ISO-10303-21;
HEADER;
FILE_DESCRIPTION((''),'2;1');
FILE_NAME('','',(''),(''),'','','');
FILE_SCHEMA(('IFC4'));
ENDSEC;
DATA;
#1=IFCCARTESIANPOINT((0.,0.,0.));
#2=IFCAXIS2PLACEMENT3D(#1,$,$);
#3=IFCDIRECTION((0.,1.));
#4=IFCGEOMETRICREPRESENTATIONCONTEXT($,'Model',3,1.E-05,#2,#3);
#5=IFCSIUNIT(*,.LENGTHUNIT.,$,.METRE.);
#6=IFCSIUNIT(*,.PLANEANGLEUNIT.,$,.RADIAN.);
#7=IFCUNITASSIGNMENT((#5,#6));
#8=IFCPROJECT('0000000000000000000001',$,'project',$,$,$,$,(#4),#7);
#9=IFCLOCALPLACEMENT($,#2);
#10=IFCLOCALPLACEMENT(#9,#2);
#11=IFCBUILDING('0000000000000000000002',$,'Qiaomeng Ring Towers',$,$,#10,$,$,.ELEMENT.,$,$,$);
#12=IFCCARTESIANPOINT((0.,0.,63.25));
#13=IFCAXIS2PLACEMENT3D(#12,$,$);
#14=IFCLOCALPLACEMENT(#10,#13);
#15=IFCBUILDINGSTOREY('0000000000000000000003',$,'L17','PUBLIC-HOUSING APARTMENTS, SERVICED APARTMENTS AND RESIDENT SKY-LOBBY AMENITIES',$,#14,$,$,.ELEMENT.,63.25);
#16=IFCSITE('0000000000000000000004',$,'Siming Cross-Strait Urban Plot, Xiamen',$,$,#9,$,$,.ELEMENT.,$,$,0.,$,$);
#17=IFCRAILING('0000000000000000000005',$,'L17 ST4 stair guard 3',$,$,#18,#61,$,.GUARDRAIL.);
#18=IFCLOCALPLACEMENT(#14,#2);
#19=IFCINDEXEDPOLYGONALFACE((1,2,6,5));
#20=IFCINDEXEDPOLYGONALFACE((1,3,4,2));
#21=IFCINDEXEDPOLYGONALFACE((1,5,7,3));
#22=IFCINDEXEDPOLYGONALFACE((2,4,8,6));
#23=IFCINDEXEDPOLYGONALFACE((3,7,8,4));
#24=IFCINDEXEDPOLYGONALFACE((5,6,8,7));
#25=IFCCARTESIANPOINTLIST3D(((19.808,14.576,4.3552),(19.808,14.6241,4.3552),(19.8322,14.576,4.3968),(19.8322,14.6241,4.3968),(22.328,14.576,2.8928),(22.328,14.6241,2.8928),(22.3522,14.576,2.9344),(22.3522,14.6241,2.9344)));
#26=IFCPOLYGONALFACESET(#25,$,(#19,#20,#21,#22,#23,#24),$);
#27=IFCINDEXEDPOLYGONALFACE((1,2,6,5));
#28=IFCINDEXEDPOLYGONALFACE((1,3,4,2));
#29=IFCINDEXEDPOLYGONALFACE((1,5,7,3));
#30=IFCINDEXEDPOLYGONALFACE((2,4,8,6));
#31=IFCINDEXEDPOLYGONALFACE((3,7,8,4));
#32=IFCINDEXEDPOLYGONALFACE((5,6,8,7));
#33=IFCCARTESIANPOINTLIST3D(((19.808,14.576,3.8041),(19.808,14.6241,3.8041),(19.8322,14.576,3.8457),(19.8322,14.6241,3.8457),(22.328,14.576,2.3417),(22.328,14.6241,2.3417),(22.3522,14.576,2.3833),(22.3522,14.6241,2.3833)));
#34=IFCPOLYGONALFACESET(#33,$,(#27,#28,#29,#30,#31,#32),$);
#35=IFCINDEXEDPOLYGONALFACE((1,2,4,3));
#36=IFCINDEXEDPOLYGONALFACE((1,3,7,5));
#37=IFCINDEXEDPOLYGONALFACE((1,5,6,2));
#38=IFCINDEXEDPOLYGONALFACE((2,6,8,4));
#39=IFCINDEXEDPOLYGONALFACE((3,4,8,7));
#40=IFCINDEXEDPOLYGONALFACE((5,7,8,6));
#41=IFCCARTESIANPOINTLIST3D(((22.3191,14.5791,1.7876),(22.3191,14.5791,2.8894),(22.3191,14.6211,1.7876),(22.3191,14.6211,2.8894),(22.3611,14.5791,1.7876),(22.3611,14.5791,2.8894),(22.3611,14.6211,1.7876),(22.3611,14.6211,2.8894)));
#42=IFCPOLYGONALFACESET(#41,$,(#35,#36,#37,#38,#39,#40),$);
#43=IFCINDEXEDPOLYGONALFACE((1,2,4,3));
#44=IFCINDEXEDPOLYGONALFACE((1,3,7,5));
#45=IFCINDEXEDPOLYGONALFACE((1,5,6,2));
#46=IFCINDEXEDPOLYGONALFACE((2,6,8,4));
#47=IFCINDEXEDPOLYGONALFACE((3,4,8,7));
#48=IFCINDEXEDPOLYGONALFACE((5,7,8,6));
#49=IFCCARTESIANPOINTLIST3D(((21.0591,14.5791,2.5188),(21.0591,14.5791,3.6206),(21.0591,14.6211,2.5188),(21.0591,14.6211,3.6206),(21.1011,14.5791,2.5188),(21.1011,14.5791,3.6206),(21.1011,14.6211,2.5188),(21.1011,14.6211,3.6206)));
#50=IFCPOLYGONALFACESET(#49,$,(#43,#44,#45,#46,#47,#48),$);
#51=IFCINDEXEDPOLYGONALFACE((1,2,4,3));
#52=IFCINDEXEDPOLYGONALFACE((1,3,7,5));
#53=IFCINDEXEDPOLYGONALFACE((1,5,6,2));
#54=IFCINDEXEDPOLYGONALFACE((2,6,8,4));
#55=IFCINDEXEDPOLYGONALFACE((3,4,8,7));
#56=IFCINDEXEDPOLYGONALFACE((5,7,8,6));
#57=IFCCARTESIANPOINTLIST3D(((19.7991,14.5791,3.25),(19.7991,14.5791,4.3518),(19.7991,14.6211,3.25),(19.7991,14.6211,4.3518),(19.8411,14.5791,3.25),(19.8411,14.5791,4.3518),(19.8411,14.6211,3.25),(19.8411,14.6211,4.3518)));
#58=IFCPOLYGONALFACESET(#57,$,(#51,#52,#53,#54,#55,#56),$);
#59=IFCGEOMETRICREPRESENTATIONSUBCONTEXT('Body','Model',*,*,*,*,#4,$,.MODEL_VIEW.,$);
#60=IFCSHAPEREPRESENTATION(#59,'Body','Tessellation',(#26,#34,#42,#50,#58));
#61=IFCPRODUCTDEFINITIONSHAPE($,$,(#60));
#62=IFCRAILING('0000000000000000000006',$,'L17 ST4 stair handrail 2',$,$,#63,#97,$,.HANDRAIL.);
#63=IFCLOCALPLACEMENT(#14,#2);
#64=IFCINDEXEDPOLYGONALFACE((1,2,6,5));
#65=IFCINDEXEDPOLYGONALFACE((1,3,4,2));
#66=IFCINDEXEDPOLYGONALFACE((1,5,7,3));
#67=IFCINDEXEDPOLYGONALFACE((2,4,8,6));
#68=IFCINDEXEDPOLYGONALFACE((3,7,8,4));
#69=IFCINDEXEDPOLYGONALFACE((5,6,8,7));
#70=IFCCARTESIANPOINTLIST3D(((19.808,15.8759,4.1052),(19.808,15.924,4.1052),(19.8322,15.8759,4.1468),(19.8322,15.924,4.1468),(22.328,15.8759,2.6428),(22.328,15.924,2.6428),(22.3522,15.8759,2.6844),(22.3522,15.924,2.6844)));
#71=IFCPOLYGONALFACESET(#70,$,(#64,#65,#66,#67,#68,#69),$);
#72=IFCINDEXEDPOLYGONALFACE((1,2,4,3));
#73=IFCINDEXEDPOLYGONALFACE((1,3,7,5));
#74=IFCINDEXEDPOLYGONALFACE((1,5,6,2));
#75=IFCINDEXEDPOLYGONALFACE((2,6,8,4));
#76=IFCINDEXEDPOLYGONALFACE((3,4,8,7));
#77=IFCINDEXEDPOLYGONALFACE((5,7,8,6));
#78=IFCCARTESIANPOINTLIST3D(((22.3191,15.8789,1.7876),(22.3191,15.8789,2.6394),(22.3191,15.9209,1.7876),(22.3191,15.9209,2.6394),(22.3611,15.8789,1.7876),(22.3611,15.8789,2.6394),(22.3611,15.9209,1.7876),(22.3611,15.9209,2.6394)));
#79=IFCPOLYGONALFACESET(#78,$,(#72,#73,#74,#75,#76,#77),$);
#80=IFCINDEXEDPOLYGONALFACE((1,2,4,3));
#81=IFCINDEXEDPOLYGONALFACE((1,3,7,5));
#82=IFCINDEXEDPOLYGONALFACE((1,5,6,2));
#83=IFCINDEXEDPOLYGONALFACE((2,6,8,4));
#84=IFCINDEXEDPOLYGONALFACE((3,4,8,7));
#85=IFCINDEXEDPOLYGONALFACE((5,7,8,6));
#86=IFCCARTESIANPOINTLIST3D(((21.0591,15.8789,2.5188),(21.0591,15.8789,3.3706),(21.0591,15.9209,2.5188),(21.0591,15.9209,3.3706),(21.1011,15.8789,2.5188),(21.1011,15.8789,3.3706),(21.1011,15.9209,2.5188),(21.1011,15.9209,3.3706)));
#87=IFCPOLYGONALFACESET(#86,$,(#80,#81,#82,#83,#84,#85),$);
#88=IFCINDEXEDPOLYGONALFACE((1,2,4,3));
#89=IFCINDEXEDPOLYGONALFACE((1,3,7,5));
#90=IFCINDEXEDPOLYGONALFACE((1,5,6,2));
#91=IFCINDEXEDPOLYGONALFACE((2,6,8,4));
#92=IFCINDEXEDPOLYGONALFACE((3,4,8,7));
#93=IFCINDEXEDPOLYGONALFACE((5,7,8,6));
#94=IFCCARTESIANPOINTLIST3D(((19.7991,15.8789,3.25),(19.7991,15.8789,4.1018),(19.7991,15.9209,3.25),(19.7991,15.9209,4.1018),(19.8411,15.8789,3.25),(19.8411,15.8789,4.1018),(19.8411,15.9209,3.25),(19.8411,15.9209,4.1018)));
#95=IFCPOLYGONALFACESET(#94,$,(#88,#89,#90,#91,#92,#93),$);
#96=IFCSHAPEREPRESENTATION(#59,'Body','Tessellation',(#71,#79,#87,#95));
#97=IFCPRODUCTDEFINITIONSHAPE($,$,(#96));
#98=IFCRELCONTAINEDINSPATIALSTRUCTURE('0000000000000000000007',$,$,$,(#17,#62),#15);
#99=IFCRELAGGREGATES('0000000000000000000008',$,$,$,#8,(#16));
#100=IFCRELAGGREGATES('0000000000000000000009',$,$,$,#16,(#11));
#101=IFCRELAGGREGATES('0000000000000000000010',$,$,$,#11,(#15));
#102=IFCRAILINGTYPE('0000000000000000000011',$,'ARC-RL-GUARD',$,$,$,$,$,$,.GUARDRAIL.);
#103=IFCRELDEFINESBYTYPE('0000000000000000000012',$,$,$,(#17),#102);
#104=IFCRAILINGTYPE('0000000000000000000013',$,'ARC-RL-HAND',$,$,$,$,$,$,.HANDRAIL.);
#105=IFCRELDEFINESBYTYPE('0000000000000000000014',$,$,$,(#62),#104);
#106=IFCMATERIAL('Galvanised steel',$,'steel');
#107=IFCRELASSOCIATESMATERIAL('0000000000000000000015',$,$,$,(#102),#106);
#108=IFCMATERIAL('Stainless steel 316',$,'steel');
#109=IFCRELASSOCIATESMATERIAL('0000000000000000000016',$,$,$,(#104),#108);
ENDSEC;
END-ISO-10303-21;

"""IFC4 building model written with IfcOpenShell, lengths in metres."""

from ifc_helpers import new_model, si_unit, direction, frame, origin, origin_2d, place, context, subcontext, project, spatial, rectangle, extrude, material, type_object, element, save


model = new_model("IFC4")

# Units and contexts
model_context = context("Model", 3, precision=1e-05, world=origin(), true_north=direction((0.0, 1.0)))
body_context = subcontext(model_context, "Body", "Model", "MODEL_VIEW")
ifc_project = project(units=[si_unit("LENGTHUNIT", "METRE"), si_unit("PLANEANGLEUNIT", "RADIAN")], contexts=[model_context])

# Site, building, storey
site_placement = place(None, origin())
site = spatial("IfcSite", under=ifc_project, at=site_placement, Name="Siming Cross-Strait Urban Plot, Xiamen", CompositionType="ELEMENT", RefElevation=0.0)
building_placement = place(site_placement, origin())
building = spatial("IfcBuilding", under=site, at=building_placement, Name="Qiaomeng Ring Towers", CompositionType="ELEMENT")
storey_placement = place(building_placement, frame((0.0, 0.0, 63.25)))
storey = spatial("IfcBuildingStorey", under=building, at=storey_placement, Name="L17", Description="PUBLIC-HOUSING APARTMENTS, SERVICED APARTMENTS AND RESIDENT SKY-LOBBY AMENITIES", CompositionType="ELEMENT", Elevation=63.25)

# Shared definitions
ifc_material_1 = material(Name="Galvanised steel", Category="steel")

# Shared definitions
ifc_material_2 = material(Name="Stainless steel 316", Category="steel")

# Railings
railing_type_1 = type_object("IfcRailingType", Name="ARC-RL-GUARD", PredefinedType="GUARDRAIL", material=ifc_material_1)
railing_1_placement = place(storey_placement, frame((22.3401, 14.6001, 1.7876)))
element("IfcRailing", 1, at=railing_1_placement, inside=storey, type_object=railing_type_1, Name="L17 ST4 stair guard 3", PredefinedType="GUARDRAIL", context=body_context, shape_type="SweptSolid", body=[
    extrude(rectangle(XDim=0.0481, YDim=0.0481, at=origin_2d()), frame((0.0, 0.0, 1.126), z_axis=(-0.864913, 0.0, 0.501921), x_axis=(0.0, -1.0, 0.0)), (0.0, 0.0, 1.0), 2.9136),
    extrude(rectangle(XDim=0.0481, YDim=0.0481, at=origin_2d()), frame((0.0, 0.0, 0.575), z_axis=(-0.864913, 0.0, 0.501921), x_axis=(0.0, -1.0, 0.0)), (0.0, 0.0, 1.0), 2.9136),
    extrude(rectangle(XDim=0.042, YDim=0.042, at=origin_2d()), origin(), (0.0, 0.0, 1.0), 1.1018),
    extrude(rectangle(XDim=0.042, YDim=0.042, at=origin_2d()), frame((-1.26, 0.0, 0.7312)), (0.0, 0.0, 1.0), 1.1018),
    extrude(rectangle(XDim=0.042, YDim=0.042, at=origin_2d()), frame((-2.52, 0.0, 1.4624)), (0.0, 0.0, 1.0), 1.1018),
])
railing_type_2 = type_object("IfcRailingType", Name="ARC-RL-HAND", PredefinedType="HANDRAIL", material=ifc_material_2)
railing_2_placement = place(storey_placement, frame((22.3401, 15.8999, 1.7876)))
element("IfcRailing", 2, at=railing_2_placement, inside=storey, type_object=railing_type_2, Name="L17 ST4 stair handrail 2", PredefinedType="HANDRAIL", context=body_context, shape_type="SweptSolid", body=[
    extrude(rectangle(XDim=0.0481, YDim=0.0481, at=origin_2d()), frame((0.0, 0.0, 0.876), z_axis=(-0.864913, 0.0, 0.501921), x_axis=(0.0, -1.0, 0.0)), (0.0, 0.0, 1.0), 2.9136),
    extrude(rectangle(XDim=0.042, YDim=0.042, at=origin_2d()), origin(), (0.0, 0.0, 1.0), 0.8518),
    extrude(rectangle(XDim=0.042, YDim=0.042, at=origin_2d()), frame((-1.26, 0.0, 0.7312)), (0.0, 0.0, 1.0), 0.8518),
    extrude(rectangle(XDim=0.042, YDim=0.042, at=origin_2d()), frame((-2.52, 0.0, 1.4624)), (0.0, 0.0, 1.0), 0.8518),
])

save(model, "model.ifc")
